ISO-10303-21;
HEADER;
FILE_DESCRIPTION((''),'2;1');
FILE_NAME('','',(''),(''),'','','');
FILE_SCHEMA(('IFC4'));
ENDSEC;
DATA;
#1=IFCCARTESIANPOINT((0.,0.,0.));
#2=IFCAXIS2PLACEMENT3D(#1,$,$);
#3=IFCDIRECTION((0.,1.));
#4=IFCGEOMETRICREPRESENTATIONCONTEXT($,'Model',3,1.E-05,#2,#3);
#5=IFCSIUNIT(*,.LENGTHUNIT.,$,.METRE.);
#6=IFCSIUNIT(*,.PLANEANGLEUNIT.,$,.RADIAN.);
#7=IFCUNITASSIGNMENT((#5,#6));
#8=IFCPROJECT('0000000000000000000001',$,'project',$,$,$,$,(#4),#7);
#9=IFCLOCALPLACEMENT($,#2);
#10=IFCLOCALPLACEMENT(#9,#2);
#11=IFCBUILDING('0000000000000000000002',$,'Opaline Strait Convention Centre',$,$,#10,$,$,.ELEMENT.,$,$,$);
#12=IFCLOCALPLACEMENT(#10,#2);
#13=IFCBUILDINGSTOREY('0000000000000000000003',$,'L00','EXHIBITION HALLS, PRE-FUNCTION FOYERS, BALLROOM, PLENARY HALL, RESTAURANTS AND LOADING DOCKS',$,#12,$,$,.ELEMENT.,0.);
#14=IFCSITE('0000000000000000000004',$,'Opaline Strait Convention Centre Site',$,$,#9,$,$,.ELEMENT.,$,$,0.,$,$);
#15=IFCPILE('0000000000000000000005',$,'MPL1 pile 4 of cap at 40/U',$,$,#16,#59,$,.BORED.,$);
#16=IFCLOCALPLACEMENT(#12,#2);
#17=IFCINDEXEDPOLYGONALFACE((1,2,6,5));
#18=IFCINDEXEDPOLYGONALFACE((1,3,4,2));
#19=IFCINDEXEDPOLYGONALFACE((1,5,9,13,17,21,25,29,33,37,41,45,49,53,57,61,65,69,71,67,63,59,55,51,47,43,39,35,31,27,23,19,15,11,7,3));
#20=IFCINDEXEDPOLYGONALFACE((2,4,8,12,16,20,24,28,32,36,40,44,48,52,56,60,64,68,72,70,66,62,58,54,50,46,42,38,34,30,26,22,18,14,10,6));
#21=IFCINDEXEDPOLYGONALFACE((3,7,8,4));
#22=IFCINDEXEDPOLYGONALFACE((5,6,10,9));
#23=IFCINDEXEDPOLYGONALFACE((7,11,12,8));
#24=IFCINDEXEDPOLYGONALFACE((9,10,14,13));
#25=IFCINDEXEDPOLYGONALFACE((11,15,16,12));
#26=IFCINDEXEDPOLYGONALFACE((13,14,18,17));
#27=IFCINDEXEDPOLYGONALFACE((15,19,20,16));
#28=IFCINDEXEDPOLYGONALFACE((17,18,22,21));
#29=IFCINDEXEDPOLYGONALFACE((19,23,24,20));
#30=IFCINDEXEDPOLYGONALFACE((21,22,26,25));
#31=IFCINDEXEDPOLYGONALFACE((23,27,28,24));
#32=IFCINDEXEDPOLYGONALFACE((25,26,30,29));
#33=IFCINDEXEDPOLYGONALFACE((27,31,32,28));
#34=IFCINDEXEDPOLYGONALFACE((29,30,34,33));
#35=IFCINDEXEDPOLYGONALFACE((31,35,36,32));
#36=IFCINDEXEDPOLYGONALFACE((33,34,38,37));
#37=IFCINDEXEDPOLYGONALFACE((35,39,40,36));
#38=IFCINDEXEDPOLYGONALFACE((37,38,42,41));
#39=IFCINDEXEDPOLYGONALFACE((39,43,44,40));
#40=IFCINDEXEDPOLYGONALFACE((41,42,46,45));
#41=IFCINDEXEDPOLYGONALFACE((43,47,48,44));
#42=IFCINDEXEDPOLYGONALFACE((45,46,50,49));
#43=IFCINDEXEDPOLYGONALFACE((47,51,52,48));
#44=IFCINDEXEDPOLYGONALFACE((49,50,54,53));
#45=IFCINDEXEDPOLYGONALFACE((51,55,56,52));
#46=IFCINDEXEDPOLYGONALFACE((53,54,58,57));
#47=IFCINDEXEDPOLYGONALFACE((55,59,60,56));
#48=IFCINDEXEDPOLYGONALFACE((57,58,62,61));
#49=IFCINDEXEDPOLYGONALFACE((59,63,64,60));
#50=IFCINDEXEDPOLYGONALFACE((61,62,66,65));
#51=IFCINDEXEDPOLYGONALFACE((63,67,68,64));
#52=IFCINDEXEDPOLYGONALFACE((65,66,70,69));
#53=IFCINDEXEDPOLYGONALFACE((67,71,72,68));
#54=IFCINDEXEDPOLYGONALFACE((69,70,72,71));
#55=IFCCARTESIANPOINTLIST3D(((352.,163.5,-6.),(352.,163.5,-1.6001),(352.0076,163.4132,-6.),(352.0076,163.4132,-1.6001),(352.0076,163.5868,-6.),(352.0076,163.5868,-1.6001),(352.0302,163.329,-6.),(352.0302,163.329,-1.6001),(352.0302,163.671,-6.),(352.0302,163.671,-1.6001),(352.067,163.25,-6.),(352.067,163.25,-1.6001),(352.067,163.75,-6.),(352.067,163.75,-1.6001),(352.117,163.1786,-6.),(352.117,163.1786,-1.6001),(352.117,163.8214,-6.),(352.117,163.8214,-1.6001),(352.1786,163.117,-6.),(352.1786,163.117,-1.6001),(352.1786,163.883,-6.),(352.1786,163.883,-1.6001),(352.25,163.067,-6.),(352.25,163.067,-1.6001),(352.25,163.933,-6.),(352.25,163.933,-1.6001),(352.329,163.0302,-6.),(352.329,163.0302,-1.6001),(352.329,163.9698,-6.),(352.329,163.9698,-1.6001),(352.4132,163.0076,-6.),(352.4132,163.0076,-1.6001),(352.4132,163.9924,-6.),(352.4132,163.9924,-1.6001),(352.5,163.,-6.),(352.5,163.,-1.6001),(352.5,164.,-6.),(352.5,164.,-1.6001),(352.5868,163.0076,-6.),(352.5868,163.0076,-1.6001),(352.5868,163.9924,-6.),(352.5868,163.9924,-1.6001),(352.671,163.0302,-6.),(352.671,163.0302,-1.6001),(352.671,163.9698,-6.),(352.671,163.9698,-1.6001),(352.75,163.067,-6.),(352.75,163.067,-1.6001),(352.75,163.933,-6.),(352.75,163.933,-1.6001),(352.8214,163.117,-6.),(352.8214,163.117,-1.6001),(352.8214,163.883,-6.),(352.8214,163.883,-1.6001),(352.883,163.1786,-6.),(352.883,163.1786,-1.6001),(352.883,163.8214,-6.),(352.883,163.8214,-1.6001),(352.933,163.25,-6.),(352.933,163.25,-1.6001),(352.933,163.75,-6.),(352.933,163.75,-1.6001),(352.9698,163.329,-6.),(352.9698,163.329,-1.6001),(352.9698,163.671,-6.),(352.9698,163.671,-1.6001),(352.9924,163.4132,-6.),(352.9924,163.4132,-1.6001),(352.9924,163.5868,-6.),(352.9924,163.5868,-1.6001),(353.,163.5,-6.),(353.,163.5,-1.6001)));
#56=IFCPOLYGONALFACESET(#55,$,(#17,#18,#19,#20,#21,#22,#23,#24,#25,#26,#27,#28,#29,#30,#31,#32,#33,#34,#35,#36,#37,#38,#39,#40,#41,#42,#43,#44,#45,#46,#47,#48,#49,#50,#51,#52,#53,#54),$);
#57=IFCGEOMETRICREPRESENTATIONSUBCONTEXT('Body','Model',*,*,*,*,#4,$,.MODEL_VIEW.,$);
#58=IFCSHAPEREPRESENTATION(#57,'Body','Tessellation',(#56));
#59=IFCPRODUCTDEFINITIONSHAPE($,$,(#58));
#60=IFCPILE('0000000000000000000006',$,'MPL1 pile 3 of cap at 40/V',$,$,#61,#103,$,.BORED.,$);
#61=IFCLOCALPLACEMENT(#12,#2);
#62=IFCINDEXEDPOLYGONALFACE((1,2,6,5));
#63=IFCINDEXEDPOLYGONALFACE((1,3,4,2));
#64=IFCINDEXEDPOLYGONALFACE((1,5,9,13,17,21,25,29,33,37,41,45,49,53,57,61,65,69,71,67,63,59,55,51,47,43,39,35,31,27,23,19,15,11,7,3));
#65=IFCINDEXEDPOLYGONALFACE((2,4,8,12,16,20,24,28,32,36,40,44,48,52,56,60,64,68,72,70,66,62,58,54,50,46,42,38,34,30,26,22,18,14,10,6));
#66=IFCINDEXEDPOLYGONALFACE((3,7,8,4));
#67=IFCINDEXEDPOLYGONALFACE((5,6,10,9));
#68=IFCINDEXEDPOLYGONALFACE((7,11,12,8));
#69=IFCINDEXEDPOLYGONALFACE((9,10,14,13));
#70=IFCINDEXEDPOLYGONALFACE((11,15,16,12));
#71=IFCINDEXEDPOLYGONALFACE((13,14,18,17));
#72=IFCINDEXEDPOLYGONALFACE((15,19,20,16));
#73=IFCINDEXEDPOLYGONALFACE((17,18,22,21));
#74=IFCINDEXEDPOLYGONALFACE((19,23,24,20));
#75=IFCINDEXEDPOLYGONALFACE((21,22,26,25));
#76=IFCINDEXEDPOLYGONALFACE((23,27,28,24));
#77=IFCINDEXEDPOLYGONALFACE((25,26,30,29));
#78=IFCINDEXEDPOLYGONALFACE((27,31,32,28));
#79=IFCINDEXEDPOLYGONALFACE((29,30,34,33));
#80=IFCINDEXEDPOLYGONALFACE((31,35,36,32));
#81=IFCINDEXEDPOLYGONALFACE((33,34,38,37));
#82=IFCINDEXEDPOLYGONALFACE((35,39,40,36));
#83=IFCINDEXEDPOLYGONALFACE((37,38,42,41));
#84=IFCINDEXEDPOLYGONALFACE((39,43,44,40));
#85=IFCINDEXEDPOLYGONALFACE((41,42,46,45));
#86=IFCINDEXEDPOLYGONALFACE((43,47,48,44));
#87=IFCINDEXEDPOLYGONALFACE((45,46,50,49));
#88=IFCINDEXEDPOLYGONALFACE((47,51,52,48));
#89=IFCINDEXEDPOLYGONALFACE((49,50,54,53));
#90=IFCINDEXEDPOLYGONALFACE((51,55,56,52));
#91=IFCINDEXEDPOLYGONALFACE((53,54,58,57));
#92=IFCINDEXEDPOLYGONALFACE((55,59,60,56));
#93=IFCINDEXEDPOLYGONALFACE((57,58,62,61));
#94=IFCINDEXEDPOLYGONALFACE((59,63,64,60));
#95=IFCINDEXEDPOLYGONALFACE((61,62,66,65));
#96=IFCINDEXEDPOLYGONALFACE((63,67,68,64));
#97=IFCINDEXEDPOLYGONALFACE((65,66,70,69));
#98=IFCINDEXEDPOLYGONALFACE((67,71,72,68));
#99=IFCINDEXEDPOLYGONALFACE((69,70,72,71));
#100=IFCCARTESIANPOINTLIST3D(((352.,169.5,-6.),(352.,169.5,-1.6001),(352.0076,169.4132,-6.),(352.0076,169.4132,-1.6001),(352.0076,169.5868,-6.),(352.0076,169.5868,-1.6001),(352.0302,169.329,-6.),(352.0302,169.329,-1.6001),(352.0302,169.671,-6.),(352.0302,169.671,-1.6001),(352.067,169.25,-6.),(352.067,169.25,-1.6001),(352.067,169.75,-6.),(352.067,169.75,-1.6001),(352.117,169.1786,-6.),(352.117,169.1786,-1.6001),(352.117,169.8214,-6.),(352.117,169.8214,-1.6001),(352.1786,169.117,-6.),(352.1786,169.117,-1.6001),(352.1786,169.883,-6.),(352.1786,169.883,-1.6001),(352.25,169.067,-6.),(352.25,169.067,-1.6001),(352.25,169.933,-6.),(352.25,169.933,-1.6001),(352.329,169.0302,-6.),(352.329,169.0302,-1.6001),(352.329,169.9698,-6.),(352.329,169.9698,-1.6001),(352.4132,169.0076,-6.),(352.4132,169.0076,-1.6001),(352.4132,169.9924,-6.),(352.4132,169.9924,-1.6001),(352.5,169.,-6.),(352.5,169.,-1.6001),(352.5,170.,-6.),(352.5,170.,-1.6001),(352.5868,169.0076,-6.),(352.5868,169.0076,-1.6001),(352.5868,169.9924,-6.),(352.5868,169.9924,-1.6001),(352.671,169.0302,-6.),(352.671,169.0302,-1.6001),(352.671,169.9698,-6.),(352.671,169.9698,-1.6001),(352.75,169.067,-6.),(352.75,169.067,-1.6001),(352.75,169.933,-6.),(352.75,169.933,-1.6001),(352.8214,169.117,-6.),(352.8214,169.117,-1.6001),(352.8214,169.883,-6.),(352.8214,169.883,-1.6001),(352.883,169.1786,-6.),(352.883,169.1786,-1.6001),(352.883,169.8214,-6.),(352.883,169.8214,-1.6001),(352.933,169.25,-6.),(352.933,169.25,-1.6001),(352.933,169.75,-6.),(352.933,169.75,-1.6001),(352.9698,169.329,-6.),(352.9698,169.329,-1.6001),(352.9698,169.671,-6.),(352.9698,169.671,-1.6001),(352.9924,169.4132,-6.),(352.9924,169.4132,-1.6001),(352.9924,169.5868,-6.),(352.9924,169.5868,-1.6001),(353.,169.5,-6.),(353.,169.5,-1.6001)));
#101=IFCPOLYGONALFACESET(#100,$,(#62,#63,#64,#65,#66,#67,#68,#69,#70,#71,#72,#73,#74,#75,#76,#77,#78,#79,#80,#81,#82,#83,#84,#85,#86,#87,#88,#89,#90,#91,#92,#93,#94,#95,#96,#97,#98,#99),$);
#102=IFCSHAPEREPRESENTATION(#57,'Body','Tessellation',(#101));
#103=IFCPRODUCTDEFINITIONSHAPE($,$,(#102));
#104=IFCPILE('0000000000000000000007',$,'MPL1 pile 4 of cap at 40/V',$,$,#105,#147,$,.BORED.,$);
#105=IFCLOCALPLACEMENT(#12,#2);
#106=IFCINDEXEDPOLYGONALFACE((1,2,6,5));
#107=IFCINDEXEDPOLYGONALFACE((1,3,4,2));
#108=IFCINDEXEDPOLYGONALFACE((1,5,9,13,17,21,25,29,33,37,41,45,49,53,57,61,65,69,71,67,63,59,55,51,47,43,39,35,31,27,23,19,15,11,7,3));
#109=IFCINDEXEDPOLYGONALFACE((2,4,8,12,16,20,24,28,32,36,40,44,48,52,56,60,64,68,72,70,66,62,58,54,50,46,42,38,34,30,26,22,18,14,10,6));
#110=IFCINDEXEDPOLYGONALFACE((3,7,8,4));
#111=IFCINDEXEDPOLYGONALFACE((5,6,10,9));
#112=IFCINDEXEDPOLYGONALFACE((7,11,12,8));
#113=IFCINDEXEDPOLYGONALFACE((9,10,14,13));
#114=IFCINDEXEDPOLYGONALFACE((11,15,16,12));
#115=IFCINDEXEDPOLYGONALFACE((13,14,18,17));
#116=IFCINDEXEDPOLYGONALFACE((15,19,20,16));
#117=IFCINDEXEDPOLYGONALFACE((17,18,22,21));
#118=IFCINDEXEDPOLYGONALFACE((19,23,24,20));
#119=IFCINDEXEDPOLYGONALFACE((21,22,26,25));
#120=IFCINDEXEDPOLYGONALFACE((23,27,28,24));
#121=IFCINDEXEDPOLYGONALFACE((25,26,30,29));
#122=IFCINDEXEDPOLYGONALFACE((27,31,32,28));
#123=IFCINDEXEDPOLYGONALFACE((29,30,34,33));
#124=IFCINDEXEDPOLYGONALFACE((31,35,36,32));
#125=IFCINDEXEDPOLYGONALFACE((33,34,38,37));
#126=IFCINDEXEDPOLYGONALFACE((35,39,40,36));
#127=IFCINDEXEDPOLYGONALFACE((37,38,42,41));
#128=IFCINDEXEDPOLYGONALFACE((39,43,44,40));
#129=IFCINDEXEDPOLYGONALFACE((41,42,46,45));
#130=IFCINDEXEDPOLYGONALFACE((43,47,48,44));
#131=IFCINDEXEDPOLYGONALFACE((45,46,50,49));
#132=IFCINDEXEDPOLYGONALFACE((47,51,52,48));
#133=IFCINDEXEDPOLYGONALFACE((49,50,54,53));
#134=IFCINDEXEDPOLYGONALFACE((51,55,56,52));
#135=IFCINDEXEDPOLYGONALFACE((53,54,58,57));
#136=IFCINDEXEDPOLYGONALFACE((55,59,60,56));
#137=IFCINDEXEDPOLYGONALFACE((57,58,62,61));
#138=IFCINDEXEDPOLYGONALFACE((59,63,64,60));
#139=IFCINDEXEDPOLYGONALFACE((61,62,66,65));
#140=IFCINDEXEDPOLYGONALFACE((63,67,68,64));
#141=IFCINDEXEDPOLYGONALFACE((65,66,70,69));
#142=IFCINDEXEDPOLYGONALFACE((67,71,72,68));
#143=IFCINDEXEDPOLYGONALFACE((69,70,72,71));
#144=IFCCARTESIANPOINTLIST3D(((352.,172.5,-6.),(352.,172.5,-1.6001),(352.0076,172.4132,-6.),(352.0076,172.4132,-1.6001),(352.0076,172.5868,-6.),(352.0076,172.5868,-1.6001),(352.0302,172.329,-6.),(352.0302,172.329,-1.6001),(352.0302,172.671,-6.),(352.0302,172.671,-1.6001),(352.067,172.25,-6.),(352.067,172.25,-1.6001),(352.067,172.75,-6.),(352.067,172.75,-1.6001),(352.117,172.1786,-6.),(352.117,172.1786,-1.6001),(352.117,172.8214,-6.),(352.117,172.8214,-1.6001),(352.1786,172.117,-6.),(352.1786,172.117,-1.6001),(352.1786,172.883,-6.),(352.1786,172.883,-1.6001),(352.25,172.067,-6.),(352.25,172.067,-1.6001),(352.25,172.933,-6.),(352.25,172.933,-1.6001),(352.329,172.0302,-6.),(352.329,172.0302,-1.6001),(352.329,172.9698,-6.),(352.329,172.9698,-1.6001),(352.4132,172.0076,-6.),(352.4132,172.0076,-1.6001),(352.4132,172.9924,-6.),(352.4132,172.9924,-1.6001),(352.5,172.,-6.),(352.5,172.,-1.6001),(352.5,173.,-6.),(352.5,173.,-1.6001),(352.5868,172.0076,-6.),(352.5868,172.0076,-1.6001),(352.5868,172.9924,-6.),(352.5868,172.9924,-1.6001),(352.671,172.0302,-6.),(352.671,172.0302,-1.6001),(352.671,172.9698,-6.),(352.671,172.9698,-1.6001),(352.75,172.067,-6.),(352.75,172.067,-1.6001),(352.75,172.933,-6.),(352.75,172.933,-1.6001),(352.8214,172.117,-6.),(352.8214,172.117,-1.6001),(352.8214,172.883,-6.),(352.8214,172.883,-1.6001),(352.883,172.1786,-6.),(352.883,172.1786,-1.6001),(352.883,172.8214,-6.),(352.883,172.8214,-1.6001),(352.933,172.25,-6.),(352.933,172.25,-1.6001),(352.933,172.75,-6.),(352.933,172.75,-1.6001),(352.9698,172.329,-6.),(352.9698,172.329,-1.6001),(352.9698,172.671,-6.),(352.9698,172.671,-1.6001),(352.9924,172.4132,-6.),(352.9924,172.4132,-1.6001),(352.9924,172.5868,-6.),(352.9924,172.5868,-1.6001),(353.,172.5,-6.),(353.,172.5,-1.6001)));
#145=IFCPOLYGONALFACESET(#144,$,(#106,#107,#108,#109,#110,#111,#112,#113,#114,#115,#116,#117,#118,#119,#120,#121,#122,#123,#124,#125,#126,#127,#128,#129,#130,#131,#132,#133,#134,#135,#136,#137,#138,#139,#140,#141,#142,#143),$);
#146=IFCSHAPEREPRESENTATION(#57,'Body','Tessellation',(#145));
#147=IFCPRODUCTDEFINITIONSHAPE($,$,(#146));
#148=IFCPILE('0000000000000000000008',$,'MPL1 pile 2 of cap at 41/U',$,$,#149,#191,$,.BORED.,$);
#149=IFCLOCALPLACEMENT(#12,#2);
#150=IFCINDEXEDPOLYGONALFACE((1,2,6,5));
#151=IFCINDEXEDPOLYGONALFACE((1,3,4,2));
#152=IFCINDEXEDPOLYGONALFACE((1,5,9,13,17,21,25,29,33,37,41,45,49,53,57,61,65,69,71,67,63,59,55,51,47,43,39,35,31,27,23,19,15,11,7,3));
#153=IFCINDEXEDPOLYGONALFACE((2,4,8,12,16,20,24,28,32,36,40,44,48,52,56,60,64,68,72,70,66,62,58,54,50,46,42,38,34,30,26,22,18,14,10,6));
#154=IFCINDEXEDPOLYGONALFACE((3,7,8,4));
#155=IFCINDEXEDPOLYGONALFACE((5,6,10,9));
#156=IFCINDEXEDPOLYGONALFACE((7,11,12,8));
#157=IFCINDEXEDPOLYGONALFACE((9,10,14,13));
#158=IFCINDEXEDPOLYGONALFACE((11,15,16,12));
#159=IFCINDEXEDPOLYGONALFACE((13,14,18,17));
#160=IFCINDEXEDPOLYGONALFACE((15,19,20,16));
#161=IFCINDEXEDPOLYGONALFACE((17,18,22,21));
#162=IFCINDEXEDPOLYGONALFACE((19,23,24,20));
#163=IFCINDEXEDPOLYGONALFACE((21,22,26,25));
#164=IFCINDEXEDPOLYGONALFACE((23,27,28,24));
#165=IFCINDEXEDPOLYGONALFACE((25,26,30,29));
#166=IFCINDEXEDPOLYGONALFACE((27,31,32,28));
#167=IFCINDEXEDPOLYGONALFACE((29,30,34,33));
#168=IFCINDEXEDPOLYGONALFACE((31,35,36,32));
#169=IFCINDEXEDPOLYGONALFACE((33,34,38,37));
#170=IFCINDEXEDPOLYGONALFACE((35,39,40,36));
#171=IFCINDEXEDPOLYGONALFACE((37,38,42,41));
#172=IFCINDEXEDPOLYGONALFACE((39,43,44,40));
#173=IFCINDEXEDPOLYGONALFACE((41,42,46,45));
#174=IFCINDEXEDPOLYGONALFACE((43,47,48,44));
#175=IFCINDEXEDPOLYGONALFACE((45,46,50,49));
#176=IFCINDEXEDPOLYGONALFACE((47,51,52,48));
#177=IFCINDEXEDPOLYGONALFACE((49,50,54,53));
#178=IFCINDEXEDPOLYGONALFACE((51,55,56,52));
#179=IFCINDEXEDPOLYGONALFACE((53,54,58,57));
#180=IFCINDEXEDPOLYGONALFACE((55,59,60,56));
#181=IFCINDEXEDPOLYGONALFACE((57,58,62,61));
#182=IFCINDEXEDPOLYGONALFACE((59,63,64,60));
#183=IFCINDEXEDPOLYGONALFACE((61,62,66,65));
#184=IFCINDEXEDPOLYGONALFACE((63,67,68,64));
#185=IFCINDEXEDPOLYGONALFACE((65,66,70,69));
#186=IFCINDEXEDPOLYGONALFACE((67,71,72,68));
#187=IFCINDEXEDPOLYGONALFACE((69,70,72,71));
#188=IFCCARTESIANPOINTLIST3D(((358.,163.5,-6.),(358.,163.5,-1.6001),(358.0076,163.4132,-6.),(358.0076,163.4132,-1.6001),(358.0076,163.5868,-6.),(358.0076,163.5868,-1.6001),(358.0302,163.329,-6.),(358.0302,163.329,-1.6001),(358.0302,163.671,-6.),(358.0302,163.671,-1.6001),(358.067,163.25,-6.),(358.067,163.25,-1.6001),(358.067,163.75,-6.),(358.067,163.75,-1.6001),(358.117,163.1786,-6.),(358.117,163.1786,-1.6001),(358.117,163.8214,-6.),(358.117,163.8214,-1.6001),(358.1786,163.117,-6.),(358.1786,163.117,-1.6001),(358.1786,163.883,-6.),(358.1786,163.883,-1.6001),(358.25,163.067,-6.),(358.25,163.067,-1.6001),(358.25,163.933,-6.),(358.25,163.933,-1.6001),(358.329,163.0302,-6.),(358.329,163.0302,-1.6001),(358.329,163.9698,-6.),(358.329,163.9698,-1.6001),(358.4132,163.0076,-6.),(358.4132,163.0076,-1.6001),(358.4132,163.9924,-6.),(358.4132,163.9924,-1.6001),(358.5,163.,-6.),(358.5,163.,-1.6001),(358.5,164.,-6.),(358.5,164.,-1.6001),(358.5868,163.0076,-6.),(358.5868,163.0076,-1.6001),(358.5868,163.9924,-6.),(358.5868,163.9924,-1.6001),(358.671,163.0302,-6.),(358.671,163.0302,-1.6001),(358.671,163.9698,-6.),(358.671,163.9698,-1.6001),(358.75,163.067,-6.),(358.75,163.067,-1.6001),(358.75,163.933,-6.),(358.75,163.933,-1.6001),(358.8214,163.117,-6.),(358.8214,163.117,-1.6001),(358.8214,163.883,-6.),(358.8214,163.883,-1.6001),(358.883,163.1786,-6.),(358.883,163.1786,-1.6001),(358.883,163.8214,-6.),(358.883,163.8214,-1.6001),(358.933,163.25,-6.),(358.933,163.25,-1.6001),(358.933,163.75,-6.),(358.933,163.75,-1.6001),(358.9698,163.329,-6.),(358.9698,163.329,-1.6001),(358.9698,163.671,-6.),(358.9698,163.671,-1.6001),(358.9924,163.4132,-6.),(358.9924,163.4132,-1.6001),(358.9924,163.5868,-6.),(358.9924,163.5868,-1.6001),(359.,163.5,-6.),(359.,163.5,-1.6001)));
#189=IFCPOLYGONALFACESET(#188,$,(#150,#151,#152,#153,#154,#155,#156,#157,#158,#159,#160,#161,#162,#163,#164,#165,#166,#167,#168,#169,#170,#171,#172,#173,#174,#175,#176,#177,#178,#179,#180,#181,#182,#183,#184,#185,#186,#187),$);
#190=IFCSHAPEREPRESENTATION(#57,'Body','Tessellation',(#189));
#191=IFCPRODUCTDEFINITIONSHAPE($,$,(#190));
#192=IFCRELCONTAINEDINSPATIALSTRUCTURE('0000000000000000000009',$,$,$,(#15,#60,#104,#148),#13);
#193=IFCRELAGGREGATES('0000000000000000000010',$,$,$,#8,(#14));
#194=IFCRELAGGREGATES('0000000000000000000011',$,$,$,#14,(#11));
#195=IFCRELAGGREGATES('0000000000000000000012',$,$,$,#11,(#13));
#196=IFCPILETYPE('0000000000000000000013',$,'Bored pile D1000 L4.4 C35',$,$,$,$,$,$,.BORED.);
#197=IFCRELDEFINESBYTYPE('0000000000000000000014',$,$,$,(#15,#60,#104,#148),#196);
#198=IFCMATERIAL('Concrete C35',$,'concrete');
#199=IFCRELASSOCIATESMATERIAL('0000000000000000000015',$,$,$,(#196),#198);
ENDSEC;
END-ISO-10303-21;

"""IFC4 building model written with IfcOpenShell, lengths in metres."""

from ifc_helpers import new_model, si_unit, direction, frame, origin, origin_2d, place, context, subcontext, project, spatial, circle, extrude, material, material_profile, profile_set, type_object, element, save


model = new_model("IFC4")

# Units and contexts
model_context = context("Model", 3, precision=1e-05, world=origin(), true_north=direction((0.0, 1.0)))
body_context = subcontext(model_context, "Body", "Model", "MODEL_VIEW")
ifc_project = project(units=[si_unit("LENGTHUNIT", "METRE"), si_unit("PLANEANGLEUNIT", "RADIAN")], contexts=[model_context])

# Site, building, storey
site_placement = place(None, origin())
site = spatial("IfcSite", under=ifc_project, at=site_placement, Name="Opaline Strait Convention Centre Site", CompositionType="ELEMENT", RefElevation=0.0)
building_placement = place(site_placement, origin())
building = spatial("IfcBuilding", under=site, at=building_placement, Name="Opaline Strait Convention Centre", CompositionType="ELEMENT")
storey_placement = place(building_placement, origin())
storey = spatial("IfcBuildingStorey", under=building, at=storey_placement, Name="L00", Description="EXHIBITION HALLS, PRE-FUNCTION FOYERS, BALLROOM, PLENARY HALL, RESTAURANTS AND LOADING DOCKS", CompositionType="ELEMENT", Elevation=0.0)

# Piles
ifc_material_1 = material(Name="Concrete C35", Category="concrete")
ifc_material_profile_1 = material_profile(ifc_material_1, circle(Radius=0.5, at=origin_2d()), Name="D1000")
ifc_profile_set_1 = profile_set([ifc_material_profile_1], Name="Concrete C35")
pile_type = type_object("IfcPileType", Name="Bored pile D1000 L4.4 C35", PredefinedType="BORED", material=ifc_profile_set_1)
for number, where, z_axis, x_axis, name in (
    (1, (352.5, 163.5, -1.6001), (0.0, 0.0, -1.0), (1.0, 0.0, 0.0), "MPL1 pile 4 of cap at 40/U"),
    (2, (352.5, 169.5, -1.6001), (0.0, 0.0, -1.0), (1.0, 0.0, 0.0), "MPL1 pile 3 of cap at 40/V"),
    (3, (352.5, 172.5, -1.6001), (0.0, 0.0, -1.0), (1.0, 0.0, 0.0), "MPL1 pile 4 of cap at 40/V"),
    (4, (358.5, 163.5, -1.6001), (0.0, 0.0, -1.0), (1.0, 0.0, 0.0), "MPL1 pile 2 of cap at 41/U"),
):
    element("IfcPile", number, at=place(storey_placement, frame(where, z_axis=z_axis, x_axis=x_axis)), inside=storey, type_object=pile_type, Name=name, PredefinedType="BORED", context=body_context, shape_type="SweptSolid", body=[
        extrude(circle(Radius=0.5, at=origin_2d()), origin(), (0.0, 0.0, 1.0), 4.3999),
    ])

save(model, "model.ifc")
